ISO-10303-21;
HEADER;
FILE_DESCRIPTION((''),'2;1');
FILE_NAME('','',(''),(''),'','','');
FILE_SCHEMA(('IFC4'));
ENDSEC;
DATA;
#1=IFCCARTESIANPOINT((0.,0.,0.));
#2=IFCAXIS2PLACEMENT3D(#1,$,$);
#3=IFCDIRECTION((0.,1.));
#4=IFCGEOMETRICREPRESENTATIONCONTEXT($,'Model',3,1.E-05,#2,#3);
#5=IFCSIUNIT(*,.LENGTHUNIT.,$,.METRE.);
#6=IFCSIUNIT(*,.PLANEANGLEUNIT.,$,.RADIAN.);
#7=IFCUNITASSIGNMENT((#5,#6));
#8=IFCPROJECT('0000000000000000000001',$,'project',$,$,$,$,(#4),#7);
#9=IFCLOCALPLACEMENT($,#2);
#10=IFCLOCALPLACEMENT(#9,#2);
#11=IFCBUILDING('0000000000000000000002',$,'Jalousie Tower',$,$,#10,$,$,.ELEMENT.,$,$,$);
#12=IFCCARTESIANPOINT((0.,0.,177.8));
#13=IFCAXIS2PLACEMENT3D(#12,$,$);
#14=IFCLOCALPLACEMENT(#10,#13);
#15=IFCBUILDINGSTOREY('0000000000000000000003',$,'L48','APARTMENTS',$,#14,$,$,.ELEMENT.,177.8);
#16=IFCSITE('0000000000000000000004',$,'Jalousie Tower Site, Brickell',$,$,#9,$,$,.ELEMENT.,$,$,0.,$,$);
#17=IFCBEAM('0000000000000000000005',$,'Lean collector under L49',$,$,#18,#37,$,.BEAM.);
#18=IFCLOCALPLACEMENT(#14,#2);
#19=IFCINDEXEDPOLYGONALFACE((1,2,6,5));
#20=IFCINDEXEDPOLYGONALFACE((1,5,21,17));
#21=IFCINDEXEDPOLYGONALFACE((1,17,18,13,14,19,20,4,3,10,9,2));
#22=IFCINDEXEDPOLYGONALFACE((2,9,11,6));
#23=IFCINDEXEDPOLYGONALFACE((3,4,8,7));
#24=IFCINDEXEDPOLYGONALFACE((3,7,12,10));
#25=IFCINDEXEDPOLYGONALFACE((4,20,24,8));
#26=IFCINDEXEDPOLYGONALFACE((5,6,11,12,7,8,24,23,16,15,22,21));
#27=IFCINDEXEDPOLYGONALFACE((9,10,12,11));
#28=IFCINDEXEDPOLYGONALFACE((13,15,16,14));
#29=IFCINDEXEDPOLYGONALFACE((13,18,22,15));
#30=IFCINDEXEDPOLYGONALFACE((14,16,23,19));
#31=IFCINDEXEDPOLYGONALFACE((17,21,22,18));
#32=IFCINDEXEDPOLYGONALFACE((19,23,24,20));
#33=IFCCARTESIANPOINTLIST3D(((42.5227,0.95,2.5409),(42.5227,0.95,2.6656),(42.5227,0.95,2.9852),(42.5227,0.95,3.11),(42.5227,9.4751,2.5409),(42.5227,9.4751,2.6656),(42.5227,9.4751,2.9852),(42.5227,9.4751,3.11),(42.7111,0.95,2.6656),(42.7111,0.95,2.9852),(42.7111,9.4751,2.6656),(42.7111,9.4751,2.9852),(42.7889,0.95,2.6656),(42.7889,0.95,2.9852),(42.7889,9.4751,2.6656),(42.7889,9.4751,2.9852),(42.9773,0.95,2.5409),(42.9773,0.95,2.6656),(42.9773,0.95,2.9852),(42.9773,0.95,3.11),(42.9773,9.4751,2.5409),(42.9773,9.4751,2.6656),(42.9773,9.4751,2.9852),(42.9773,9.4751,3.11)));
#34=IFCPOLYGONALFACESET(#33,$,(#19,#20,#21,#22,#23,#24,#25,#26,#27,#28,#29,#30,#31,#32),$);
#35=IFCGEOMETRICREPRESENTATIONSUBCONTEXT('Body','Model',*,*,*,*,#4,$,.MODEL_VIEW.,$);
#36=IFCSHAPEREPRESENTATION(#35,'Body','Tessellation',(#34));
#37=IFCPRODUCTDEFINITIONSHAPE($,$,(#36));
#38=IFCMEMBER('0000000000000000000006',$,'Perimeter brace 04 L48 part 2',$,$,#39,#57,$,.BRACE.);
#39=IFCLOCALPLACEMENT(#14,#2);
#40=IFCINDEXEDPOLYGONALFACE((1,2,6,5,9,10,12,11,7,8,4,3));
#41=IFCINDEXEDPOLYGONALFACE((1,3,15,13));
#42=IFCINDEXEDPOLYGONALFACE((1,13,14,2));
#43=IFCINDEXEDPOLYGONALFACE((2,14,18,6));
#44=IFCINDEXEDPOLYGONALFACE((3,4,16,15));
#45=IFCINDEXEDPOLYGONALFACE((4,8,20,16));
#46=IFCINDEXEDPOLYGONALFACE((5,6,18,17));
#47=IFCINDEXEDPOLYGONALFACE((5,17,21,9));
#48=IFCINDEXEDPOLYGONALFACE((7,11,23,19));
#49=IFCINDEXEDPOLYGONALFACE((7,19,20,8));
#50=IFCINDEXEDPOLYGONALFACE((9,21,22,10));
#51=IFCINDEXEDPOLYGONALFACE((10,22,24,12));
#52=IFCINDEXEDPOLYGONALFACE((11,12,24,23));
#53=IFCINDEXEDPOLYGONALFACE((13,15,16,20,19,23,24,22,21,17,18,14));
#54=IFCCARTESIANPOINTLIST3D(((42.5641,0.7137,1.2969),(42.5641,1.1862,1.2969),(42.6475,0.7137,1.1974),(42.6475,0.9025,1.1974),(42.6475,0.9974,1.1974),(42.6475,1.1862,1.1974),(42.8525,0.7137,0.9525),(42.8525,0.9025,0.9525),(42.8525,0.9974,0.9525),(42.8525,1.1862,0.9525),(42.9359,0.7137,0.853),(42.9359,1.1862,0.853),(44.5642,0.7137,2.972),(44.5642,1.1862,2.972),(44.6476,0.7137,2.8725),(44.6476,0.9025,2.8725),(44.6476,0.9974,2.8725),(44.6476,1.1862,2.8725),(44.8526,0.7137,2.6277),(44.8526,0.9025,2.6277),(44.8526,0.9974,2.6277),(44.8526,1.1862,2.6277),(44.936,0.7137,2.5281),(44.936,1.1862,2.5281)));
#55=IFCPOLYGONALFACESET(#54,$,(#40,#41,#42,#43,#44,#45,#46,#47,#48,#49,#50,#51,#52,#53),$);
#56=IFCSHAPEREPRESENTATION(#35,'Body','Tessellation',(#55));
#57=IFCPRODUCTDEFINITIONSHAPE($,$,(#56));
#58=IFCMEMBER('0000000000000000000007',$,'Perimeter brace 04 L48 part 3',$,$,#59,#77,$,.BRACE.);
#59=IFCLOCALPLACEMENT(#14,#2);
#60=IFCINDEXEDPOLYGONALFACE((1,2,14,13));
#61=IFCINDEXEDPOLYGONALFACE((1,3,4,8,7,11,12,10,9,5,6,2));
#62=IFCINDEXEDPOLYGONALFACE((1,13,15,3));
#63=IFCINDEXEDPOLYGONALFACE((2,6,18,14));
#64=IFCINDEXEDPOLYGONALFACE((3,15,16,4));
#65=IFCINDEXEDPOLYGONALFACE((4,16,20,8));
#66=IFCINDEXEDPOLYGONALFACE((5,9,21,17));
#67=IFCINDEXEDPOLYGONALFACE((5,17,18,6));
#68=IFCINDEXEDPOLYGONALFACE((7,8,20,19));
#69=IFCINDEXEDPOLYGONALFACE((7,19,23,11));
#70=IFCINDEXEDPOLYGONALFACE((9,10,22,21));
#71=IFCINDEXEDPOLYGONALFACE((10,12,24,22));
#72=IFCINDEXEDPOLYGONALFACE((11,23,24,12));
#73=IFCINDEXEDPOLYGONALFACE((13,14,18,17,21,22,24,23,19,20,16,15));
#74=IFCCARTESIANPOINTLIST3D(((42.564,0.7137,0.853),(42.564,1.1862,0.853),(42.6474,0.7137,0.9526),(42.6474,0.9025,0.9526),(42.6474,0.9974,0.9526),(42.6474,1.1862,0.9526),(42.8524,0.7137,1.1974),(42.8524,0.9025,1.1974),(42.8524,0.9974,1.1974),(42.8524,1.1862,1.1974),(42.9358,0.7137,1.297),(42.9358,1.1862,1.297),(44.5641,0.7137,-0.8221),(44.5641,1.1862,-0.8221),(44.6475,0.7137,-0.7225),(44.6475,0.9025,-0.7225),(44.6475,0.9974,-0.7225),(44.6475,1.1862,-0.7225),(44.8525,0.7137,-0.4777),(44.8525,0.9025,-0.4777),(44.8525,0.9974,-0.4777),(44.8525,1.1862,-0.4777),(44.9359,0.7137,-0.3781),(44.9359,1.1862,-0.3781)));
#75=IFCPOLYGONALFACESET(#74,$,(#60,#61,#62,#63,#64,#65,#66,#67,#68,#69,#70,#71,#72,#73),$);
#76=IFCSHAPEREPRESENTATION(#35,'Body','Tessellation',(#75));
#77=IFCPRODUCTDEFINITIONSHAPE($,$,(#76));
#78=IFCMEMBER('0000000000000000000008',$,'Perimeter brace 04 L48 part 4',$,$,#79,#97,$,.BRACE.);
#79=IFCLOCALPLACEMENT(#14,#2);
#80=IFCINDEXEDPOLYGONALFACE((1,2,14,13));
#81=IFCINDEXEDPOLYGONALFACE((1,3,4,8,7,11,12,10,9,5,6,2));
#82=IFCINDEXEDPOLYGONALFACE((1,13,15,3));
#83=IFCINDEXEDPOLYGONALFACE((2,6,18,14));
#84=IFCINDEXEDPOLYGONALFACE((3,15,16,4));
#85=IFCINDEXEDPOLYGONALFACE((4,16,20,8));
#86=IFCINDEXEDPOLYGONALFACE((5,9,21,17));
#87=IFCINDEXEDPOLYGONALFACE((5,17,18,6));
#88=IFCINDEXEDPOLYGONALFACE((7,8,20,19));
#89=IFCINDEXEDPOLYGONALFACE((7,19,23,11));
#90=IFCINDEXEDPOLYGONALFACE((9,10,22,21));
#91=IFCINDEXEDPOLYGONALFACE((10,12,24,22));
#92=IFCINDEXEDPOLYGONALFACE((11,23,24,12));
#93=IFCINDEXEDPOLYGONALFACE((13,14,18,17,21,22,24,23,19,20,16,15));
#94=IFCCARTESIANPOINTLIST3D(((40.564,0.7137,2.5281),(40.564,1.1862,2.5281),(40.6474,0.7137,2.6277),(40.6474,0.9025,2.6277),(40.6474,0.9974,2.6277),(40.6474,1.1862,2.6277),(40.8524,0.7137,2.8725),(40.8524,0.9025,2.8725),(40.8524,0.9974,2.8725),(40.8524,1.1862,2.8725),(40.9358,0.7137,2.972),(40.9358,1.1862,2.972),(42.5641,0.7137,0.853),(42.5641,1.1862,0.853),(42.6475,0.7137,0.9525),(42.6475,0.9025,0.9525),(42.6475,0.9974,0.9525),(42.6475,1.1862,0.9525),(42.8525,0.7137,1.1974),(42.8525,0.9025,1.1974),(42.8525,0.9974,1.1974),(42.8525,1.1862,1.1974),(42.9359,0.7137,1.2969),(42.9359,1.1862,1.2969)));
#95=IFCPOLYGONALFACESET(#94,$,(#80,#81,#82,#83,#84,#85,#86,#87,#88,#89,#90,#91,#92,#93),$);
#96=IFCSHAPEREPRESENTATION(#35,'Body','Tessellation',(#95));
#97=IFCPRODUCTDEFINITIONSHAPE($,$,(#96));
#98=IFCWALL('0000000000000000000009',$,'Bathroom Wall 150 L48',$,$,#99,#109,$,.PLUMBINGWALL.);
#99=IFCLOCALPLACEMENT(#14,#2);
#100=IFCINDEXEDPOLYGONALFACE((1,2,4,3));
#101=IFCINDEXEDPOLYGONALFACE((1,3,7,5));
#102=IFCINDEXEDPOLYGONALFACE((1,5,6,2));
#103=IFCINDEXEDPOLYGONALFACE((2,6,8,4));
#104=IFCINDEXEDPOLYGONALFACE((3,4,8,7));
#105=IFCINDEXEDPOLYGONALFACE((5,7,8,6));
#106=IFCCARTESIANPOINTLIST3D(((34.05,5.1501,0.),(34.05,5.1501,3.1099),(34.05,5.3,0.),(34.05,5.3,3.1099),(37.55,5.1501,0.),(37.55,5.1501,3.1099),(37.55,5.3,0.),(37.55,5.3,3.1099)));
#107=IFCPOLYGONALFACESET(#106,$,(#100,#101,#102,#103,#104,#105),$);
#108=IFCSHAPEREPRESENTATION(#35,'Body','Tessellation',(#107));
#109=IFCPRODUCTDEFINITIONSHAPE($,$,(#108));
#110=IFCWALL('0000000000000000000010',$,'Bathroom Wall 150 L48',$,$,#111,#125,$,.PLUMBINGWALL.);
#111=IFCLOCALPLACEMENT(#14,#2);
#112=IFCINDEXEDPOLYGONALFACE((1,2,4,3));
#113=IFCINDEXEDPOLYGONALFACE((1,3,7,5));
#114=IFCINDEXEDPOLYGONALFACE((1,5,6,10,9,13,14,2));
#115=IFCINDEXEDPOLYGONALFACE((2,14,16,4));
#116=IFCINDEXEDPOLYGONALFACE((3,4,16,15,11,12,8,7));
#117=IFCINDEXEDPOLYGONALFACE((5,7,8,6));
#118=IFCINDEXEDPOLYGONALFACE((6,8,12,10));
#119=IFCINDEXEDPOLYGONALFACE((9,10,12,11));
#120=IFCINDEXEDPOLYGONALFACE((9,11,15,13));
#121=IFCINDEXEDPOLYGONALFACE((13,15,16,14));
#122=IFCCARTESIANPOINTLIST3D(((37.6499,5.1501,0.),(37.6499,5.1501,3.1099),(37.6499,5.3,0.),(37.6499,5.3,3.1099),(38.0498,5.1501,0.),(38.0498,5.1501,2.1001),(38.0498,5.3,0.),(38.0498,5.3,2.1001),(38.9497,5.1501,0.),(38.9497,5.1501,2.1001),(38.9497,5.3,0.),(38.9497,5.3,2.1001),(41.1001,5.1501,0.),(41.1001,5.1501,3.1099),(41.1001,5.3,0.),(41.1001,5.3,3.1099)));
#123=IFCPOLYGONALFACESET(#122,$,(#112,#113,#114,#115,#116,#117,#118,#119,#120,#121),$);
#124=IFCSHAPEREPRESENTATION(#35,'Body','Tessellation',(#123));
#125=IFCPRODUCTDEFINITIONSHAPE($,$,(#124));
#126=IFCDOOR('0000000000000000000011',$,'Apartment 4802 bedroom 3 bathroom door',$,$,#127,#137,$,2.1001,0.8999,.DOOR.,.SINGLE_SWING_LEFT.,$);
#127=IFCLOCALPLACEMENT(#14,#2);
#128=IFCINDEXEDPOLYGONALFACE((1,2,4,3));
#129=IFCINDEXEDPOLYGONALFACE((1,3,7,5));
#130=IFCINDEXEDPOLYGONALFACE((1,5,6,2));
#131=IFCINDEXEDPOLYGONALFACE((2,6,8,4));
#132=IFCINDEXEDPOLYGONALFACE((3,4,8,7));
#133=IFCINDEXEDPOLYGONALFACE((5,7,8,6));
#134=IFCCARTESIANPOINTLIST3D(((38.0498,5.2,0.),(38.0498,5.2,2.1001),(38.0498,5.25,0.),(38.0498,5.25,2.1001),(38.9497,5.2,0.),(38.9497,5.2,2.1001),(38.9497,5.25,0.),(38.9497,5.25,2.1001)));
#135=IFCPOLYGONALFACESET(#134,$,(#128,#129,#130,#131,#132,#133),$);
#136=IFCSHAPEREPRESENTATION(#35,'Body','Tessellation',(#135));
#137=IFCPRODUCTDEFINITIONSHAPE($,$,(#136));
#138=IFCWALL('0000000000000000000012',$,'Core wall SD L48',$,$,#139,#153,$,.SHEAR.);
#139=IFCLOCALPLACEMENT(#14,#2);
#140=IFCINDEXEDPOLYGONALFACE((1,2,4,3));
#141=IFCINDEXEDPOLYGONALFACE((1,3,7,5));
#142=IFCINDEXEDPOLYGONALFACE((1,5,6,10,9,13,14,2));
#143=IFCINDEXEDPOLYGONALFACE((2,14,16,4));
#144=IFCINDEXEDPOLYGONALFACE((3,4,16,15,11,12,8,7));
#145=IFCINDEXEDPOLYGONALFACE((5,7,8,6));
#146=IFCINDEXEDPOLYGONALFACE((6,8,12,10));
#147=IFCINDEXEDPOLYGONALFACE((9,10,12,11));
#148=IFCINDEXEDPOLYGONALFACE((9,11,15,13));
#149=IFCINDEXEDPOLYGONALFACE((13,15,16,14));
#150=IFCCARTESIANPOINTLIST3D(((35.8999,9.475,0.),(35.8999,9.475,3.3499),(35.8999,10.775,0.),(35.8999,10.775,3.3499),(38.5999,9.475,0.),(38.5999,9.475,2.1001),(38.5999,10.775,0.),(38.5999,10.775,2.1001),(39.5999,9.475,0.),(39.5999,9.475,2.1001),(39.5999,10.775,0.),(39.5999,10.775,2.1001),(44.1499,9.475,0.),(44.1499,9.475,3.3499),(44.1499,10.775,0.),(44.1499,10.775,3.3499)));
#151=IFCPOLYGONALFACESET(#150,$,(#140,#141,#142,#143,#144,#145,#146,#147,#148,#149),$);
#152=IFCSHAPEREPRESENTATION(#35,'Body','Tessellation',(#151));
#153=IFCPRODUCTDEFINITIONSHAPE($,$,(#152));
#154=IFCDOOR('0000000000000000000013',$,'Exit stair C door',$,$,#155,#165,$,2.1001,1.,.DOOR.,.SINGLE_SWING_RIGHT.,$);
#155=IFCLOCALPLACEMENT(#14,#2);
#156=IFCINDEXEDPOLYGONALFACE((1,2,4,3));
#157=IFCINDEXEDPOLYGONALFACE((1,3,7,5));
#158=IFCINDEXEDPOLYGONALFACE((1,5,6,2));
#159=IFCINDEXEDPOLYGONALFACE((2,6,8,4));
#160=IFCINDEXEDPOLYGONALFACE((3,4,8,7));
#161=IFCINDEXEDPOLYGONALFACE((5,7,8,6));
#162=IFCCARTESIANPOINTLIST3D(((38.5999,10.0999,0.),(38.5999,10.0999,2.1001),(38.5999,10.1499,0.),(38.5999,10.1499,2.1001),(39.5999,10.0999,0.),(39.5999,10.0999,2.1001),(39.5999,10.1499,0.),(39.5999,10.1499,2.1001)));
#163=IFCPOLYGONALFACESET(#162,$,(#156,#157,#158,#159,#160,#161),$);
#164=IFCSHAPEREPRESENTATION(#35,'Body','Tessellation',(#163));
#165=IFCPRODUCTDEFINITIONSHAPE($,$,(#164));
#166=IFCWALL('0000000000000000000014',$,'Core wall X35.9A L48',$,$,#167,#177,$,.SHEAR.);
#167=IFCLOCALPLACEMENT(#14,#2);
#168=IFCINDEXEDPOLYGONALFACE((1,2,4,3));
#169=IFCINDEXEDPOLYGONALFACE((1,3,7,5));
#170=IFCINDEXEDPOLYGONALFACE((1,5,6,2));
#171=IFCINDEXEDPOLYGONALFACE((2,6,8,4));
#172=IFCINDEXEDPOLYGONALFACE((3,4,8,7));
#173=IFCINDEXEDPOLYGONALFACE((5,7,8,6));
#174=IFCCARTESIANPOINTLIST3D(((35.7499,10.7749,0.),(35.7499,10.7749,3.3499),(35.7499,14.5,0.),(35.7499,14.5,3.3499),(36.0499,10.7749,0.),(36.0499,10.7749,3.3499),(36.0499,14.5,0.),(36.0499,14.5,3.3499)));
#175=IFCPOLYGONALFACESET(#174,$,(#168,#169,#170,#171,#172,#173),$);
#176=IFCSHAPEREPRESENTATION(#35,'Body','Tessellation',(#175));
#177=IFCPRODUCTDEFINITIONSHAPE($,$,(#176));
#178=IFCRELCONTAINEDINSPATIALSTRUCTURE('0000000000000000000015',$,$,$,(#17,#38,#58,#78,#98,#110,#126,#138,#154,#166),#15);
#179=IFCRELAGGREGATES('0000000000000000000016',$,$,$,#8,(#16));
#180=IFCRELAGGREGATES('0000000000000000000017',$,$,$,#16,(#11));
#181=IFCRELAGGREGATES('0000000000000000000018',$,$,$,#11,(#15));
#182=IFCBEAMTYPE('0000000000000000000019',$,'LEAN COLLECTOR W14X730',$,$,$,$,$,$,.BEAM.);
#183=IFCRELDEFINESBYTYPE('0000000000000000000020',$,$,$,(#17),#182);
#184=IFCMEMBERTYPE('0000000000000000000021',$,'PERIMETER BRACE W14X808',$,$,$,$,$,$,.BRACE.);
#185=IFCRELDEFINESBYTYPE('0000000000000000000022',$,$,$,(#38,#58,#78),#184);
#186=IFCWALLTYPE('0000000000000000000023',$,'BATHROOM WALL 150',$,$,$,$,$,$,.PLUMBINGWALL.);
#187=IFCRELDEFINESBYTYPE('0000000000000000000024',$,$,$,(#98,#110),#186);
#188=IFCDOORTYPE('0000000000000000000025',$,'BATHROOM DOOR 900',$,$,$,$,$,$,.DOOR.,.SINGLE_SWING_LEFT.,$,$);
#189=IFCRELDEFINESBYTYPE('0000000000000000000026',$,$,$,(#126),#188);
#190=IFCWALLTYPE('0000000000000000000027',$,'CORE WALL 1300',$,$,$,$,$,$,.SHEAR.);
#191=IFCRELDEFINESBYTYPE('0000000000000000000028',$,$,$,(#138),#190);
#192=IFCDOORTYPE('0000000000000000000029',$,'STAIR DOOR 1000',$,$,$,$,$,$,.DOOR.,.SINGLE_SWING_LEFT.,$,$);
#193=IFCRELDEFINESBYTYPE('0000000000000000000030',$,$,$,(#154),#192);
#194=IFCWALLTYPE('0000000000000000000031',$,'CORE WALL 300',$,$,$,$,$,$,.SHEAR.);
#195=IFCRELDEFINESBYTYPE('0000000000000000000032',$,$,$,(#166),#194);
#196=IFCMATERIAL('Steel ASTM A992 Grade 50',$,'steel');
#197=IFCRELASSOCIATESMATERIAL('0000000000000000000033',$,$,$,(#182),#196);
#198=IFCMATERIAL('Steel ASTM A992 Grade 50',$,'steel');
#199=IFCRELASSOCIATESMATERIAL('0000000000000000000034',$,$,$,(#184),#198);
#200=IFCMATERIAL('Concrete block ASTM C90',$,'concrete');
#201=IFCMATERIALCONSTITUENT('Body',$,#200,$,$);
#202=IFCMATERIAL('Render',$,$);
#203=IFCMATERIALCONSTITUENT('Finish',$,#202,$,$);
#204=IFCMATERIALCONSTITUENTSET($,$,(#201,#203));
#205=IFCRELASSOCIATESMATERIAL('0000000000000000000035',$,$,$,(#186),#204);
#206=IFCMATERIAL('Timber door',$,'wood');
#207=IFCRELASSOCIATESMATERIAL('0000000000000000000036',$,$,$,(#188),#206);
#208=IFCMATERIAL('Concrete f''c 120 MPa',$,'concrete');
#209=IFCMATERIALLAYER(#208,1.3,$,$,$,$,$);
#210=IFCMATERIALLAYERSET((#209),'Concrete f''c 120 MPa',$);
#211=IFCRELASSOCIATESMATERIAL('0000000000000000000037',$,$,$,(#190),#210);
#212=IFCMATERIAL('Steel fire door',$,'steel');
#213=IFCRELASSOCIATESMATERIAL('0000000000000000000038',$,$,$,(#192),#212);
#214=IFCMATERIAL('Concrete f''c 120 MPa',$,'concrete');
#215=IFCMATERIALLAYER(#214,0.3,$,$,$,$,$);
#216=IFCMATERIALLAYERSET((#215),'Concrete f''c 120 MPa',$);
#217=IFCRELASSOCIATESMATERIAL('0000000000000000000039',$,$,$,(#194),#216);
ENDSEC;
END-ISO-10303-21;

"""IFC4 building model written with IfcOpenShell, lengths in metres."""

from ifc_helpers import new_model, si_unit, direction, frame, frame_2d, origin, origin_2d, place, context, subcontext, project, spatial, rectangle, i_section, extrude, material, layer, layer_set, constituent, constituent_set, material_profile, profile_set, type_object, element, fill, save


model = new_model("IFC4")

# Units and contexts
model_context = context("Model", 3, precision=1e-05, world=origin(), true_north=direction((0.0, 1.0)))
body_context = subcontext(model_context, "Body", "Model", "MODEL_VIEW")
ifc_project = project(units=[si_unit("LENGTHUNIT", "METRE"), si_unit("PLANEANGLEUNIT", "RADIAN")], contexts=[model_context])

# Site, building, storey
site_placement = place(None, origin())
site = spatial("IfcSite", under=ifc_project, at=site_placement, Name="Jalousie Tower Site, Brickell", CompositionType="ELEMENT", RefElevation=0.0)
building_placement = place(site_placement, origin())
building = spatial("IfcBuilding", under=site, at=building_placement, Name="Jalousie Tower", CompositionType="ELEMENT")
storey_placement = place(building_placement, frame((0.0, 0.0, 177.8)))
storey = spatial("IfcBuildingStorey", under=building, at=storey_placement, Name="L48", Description="APARTMENTS", CompositionType="ELEMENT", Elevation=177.8)

# Beam
ifc_material_1 = material(Name="Steel ASTM A992 Grade 50", Category="steel")
ifc_material_profile_1 = material_profile(ifc_material_1, i_section(OverallWidth=0.4546, OverallDepth=0.5691, WebThickness=0.0779, FlangeThickness=0.1248, at=origin_2d()), Name="W14X730")
ifc_profile_set_1 = profile_set([ifc_material_profile_1], Name="Steel ASTM A992 Grade 50")
beam_type = type_object("IfcBeamType", Name="LEAN COLLECTOR W14X730", PredefinedType="BEAM", material=ifc_profile_set_1)
beam_placement = place(storey_placement, frame((42.75, 0.95, 2.8254), z_axis=(0.0, 1.0, 0.0), x_axis=(-1.0, 0.0, 0.0)))
element("IfcBeam", 1, at=beam_placement, inside=storey, type_object=beam_type, Name="Lean collector under L49", PredefinedType="BEAM", context=body_context, shape_type="SweptSolid", body=[
    extrude(i_section(OverallWidth=0.4546, OverallDepth=0.5691, WebThickness=0.0779, FlangeThickness=0.1248, at=origin_2d()), origin(), (0.0, 0.0, 1.0), 8.5251),
])

# Members
ifc_material_2 = material(Name="Steel ASTM A992 Grade 50", Category="steel")
ifc_material_profile_2 = material_profile(ifc_material_2, i_section(OverallWidth=0.4724, OverallDepth=0.5791, WebThickness=0.095, FlangeThickness=0.1299, at=origin_2d()), Name="W14X808")
ifc_profile_set_2 = profile_set([ifc_material_profile_2], Name="Steel ASTM A992 Grade 50")
member_type = type_object("IfcMemberType", Name="PERIMETER BRACE W14X808", PredefinedType="BRACE", material=ifc_profile_set_2)
for number, where, z_axis, x_axis, name in (
    (2, (42.75, 0.95, 1.075), (0.766639, 0.0, 0.642079), (0.0, 1.0, 0.0), "Perimeter brace 04 L48 part 2"),
    (3, (44.75, 0.95, -0.6001), (-0.766639, 0.0, 0.642079), (0.0, -1.0, 0.0), "Perimeter brace 04 L48 part 3"),
    (4, (42.75, 0.95, 1.075), (-0.766639, 0.0, 0.642079), (0.0, -1.0, 0.0), "Perimeter brace 04 L48 part 4"),
):
    element("IfcMember", number, at=place(storey_placement, frame(where, z_axis=z_axis, x_axis=x_axis)), inside=storey, type_object=member_type, Name=name, PredefinedType="BRACE", context=body_context, shape_type="SweptSolid", body=[
        extrude(i_section(OverallWidth=0.4724, OverallDepth=0.5791, WebThickness=0.095, FlangeThickness=0.1299, at=origin_2d()), origin(), (0.0, 0.0, 1.0), 2.6089),
    ])

# Wall
ifc_material_3 = material(Name="Concrete block ASTM C90", Category="concrete")
ifc_constituent_1 = constituent(ifc_material_3, Name="Body")
ifc_material_4 = material(Name="Render")
ifc_constituent_2 = constituent(ifc_material_4, Name="Finish")
ifc_constituent_set_1 = constituent_set(constituents=[ifc_constituent_1, ifc_constituent_2])
wall_type_1 = type_object("IfcWallType", Name="BATHROOM WALL 150", PredefinedType="PLUMBINGWALL", material=ifc_constituent_set_1)
wall_1_placement = place(storey_placement, frame((34.05, 5.2251, 0.0), z_axis=(0.0, 0.0, 1.0), x_axis=(1.0, 0.0, 0.0)))
element("IfcWall", 5, at=wall_1_placement, inside=storey, type_object=wall_type_1, Name="Bathroom Wall 150 L48", PredefinedType="PLUMBINGWALL", context=body_context, shape_type="SweptSolid", body=[
    extrude(rectangle(XDim=3.5, YDim=0.1499, at=frame_2d((1.75, 0.0))), origin(), (0.0, 0.0, 1.0), 3.1099),
])

# Walls, openings, doors
wall_2_placement = place(storey_placement, frame((37.6499, 5.2251, 0.0), z_axis=(0.0, 0.0, 1.0), x_axis=(1.0, 0.0, 0.0)))
wall_2 = element("IfcWall", 6, at=wall_2_placement, inside=storey, type_object=wall_type_1, Name="Bathroom Wall 150 L48", PredefinedType="PLUMBINGWALL", context=body_context, shape_type="SweptSolid", body=[
    extrude(rectangle(XDim=3.4502, YDim=0.1499, at=frame_2d((1.7251, 0.0))), origin(), (0.0, 0.0, 1.0), 3.1099),
])
opening_1_placement = place(wall_2_placement, frame((0.3999, 0.0, 0.0)))
opening_1 = element("IfcOpeningElement", 7, at=opening_1_placement, cuts=wall_2, PredefinedType="OPENING", context=body_context, shape_type="SweptSolid", body=[
    extrude(rectangle(XDim=0.8999, YDim=2.1001, at=frame_2d((0.45, 1.05))), frame((0.0, 0.085, 0.0), z_axis=(0.0, -1.0, 0.0), x_axis=(1.0, 0.0, 0.0)), (0.0, 0.0, 1.0), 0.1699),
])
ifc_material_5 = material(Name="Timber door", Category="wood")
door_type_1 = type_object("IfcDoorType", Name="BATHROOM DOOR 900", OperationType="SINGLE_SWING_LEFT", PredefinedType="DOOR", material=ifc_material_5)
door_1_placement = place(opening_1_placement, origin())
door_1 = element("IfcDoor", 8, at=door_1_placement, inside=storey, type_object=door_type_1, Name="Apartment 4802 bedroom 3 bathroom door", OperationType="SINGLE_SWING_LEFT", OverallHeight=2.1001, OverallWidth=0.8999, PredefinedType="DOOR", context=body_context, shape_type="SweptSolid", body=[
    extrude(rectangle(XDim=0.8999, YDim=2.1001, at=frame_2d((0.45, 1.05))), frame((0.0, 0.0249, 0.0), z_axis=(0.0, -1.0, 0.0), x_axis=(1.0, 0.0, 0.0)), (0.0, 0.0, 1.0), 0.05),
])
fill(opening_1, door_1)
ifc_material_6 = material(Name="Concrete f'c 120 MPa", Category="concrete")
ifc_layer_1 = layer(ifc_material_6, 1.3)
ifc_layer_set_1 = layer_set([ifc_layer_1], Name="Concrete f'c 120 MPa")
wall_type_2 = type_object("IfcWallType", Name="CORE WALL 1300", PredefinedType="SHEAR", material=ifc_layer_set_1)
wall_3_placement = place(storey_placement, frame((35.8999, 10.125, 0.0), z_axis=(0.0, 0.0, 1.0), x_axis=(1.0, 0.0, 0.0)))
wall_3 = element("IfcWall", 9, at=wall_3_placement, inside=storey, type_object=wall_type_2, Name="Core wall SD L48", PredefinedType="SHEAR", context=body_context, shape_type="SweptSolid", body=[
    extrude(rectangle(XDim=8.25, YDim=1.3, at=frame_2d((4.125, 0.0))), origin(), (0.0, 0.0, 1.0), 3.3499),
])
opening_2_placement = place(wall_3_placement, frame((2.7, 0.0, 0.0)))
opening_2 = element("IfcOpeningElement", 10, at=opening_2_placement, cuts=wall_3, PredefinedType="OPENING", context=body_context, shape_type="SweptSolid", body=[
    extrude(rectangle(XDim=1.0, YDim=2.1001, at=frame_2d((0.5, 1.05))), frame((0.0, 0.6599, 0.0), z_axis=(0.0, -1.0, 0.0), x_axis=(1.0, 0.0, 0.0)), (0.0, 0.0, 1.0), 1.3201),
])
ifc_material_7 = material(Name="Steel fire door", Category="steel")
door_type_2 = type_object("IfcDoorType", Name="STAIR DOOR 1000", OperationType="SINGLE_SWING_LEFT", PredefinedType="DOOR", material=ifc_material_7)
door_2_placement = place(opening_2_placement, origin())
door_2 = element("IfcDoor", 11, at=door_2_placement, inside=storey, type_object=door_type_2, Name="Exit stair C door", OperationType="SINGLE_SWING_RIGHT", OverallHeight=2.1001, OverallWidth=1.0, PredefinedType="DOOR", context=body_context, shape_type="SweptSolid", body=[
    extrude(rectangle(XDim=1.0, YDim=2.1001, at=frame_2d((0.5, 1.05))), frame((0.0, 0.0249, 0.0), z_axis=(0.0, -1.0, 0.0), x_axis=(1.0, 0.0, 0.0)), (0.0, 0.0, 1.0), 0.05),
])
fill(opening_2, door_2)

# Wall
ifc_material_8 = material(Name="Concrete f'c 120 MPa", Category="concrete")
ifc_layer_2 = layer(ifc_material_8, 0.3)
ifc_layer_set_2 = layer_set([ifc_layer_2], Name="Concrete f'c 120 MPa")
wall_type_3 = type_object("IfcWallType", Name="CORE WALL 300", PredefinedType="SHEAR", material=ifc_layer_set_2)
wall_4_placement = place(storey_placement, frame((35.8999, 10.7749, 0.0), z_axis=(0.0, 0.0, 1.0), x_axis=(0.0, 1.0, 0.0)))
element("IfcWall", 12, at=wall_4_placement, inside=storey, type_object=wall_type_3, Name="Core wall X35.9A L48", PredefinedType="SHEAR", context=body_context, shape_type="SweptSolid", body=[
    extrude(rectangle(XDim=3.7251, YDim=0.3, at=frame_2d((1.8625, 0.0))), origin(), (0.0, 0.0, 1.0), 3.3499),
])

save(model, "model.ifc")
